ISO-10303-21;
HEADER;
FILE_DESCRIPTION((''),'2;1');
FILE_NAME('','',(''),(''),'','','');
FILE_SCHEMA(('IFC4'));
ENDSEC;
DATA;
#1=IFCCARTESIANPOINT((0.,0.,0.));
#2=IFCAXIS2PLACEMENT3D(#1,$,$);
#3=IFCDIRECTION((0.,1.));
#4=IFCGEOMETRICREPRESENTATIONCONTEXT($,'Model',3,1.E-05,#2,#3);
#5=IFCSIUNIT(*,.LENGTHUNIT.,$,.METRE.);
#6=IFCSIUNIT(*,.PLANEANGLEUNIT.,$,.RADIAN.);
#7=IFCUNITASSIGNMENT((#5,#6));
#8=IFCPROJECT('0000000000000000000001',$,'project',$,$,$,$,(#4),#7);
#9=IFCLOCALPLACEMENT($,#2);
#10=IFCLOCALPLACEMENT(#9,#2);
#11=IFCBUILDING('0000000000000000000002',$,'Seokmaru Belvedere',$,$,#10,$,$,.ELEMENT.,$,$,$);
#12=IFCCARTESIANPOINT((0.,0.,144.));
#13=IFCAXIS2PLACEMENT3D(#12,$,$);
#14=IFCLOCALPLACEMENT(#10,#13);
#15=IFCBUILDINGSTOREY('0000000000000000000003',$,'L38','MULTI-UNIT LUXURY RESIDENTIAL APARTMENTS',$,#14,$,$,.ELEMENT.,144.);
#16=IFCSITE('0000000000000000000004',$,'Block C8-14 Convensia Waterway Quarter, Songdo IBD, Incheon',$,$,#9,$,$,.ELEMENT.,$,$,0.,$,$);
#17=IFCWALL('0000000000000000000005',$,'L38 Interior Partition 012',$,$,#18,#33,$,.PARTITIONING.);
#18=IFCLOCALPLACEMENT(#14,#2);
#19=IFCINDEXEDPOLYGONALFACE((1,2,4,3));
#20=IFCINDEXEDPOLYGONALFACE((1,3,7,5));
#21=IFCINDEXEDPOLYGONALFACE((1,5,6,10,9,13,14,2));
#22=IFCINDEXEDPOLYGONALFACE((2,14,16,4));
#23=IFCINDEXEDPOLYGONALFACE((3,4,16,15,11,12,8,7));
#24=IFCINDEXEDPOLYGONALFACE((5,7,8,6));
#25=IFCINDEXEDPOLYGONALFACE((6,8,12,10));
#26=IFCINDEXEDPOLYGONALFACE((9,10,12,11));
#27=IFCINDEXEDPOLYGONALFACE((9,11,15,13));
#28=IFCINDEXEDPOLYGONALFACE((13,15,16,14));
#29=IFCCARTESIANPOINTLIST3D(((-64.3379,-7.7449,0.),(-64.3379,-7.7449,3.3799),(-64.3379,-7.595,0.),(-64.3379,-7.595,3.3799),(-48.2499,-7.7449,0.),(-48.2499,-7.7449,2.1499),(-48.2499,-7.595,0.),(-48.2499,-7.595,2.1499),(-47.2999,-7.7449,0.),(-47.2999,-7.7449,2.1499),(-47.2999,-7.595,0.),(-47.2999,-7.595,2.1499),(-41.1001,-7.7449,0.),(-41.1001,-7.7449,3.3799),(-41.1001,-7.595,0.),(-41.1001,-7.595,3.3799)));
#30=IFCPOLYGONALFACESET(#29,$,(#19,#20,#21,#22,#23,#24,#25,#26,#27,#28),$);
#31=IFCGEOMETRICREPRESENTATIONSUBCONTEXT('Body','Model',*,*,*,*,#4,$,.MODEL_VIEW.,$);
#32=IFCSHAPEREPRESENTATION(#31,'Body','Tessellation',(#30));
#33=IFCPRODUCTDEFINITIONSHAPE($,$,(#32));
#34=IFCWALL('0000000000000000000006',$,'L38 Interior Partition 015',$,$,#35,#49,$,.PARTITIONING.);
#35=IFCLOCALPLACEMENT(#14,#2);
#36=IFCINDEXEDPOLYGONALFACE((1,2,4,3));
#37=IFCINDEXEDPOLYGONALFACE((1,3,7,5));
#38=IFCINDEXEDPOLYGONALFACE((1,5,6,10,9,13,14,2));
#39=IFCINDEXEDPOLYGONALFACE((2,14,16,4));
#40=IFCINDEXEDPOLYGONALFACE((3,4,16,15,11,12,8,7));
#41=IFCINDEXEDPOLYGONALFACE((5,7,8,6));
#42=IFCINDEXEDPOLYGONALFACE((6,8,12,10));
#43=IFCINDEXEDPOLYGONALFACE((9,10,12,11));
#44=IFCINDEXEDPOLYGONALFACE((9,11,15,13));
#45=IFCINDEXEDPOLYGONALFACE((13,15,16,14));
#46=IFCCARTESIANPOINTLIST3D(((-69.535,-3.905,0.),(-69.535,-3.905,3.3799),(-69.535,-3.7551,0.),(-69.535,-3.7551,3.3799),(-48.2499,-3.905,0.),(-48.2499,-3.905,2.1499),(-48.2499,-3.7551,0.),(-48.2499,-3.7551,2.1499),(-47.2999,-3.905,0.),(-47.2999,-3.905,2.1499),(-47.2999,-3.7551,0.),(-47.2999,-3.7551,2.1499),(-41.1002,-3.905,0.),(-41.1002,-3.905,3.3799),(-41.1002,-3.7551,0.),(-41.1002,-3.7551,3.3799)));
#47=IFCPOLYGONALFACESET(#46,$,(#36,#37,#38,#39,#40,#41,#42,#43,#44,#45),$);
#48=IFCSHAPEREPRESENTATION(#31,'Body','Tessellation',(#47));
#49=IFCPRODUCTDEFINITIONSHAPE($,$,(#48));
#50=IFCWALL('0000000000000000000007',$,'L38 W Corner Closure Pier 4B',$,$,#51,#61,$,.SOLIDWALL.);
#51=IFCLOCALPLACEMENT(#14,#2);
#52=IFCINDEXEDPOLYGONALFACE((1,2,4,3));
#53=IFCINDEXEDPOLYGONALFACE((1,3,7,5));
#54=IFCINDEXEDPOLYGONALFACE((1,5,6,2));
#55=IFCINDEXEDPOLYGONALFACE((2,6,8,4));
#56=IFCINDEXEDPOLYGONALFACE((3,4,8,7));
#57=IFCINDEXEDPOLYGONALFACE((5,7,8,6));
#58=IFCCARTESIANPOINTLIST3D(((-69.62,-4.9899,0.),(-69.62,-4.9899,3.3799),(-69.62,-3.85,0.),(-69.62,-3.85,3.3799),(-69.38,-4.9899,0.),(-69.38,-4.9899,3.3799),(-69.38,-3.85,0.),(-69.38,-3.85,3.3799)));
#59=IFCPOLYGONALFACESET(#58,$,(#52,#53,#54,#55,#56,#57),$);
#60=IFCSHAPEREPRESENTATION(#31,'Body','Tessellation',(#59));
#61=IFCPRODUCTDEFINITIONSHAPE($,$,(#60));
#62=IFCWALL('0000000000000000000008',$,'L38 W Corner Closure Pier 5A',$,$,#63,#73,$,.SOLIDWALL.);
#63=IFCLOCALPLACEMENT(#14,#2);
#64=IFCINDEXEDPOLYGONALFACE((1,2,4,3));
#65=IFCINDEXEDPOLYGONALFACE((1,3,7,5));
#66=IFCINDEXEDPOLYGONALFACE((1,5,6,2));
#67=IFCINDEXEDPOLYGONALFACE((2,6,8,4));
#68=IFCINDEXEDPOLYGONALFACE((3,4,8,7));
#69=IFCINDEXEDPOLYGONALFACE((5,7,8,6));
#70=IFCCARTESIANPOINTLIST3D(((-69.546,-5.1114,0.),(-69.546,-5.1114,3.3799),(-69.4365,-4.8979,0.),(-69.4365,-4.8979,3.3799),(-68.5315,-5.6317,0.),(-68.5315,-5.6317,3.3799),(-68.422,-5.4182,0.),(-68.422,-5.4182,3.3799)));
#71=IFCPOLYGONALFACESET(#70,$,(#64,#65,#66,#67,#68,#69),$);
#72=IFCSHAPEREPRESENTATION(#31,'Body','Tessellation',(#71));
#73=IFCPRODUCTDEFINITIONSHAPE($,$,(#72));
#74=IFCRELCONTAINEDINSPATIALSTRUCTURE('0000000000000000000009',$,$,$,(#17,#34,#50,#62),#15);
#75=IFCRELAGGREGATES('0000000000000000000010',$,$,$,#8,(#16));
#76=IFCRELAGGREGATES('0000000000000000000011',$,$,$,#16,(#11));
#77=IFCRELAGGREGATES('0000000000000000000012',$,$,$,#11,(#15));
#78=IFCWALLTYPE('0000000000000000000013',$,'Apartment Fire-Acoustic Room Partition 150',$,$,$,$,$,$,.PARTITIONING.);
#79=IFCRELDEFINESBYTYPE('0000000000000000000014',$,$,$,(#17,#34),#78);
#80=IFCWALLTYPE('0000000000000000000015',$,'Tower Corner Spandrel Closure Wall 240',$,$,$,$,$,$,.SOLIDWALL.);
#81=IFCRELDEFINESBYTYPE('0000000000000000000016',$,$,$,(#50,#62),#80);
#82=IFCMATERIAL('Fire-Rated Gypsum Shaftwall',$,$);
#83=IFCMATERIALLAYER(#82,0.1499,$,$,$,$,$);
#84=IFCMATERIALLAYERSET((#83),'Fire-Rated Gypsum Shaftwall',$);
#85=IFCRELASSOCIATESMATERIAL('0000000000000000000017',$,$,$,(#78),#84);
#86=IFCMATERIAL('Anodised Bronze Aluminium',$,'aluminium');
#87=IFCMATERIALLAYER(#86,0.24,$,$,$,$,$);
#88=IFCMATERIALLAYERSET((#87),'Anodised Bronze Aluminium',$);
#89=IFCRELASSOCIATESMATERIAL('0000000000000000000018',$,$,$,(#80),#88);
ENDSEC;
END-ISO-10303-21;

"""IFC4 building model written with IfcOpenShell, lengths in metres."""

from ifc_helpers import new_model, si_unit, direction, frame, frame_2d, origin, place, context, subcontext, project, spatial, rectangle, extrude, material, layer, layer_set, type_object, element, save


model = new_model("IFC4")

# Units and contexts
model_context = context("Model", 3, precision=1e-05, world=origin(), true_north=direction((0.0, 1.0)))
body_context = subcontext(model_context, "Body", "Model", "MODEL_VIEW")
ifc_project = project(units=[si_unit("LENGTHUNIT", "METRE"), si_unit("PLANEANGLEUNIT", "RADIAN")], contexts=[model_context])

# Site, building, storey
site_placement = place(None, origin())
site = spatial("IfcSite", under=ifc_project, at=site_placement, Name="Block C8-14 Convensia Waterway Quarter, Songdo IBD, Incheon", CompositionType="ELEMENT", RefElevation=0.0)
building_placement = place(site_placement, origin())
building = spatial("IfcBuilding", under=site, at=building_placement, Name="Seokmaru Belvedere", CompositionType="ELEMENT")
storey_placement = place(building_placement, frame((0.0, 0.0, 144.0)))
storey = spatial("IfcBuildingStorey", under=building, at=storey_placement, Name="L38", Description="MULTI-UNIT LUXURY RESIDENTIAL APARTMENTS", CompositionType="ELEMENT", Elevation=144.0)

# Shared definitions
ifc_material_1 = material(Name="Anodised Bronze Aluminium", Category="aluminium")

# Walls, openings
ifc_material_2 = material(Name="Fire-Rated Gypsum Shaftwall")
ifc_layer_1 = layer(ifc_material_2, 0.1499)
ifc_layer_set_1 = layer_set([ifc_layer_1], Name="Fire-Rated Gypsum Shaftwall")
wall_type_1 = type_object("IfcWallType", Name="Apartment Fire-Acoustic Room Partition 150", PredefinedType="PARTITIONING", material=ifc_layer_set_1)
wall_1_placement = place(storey_placement, frame((-64.3379, -7.6699, 0.0), z_axis=(0.0, 0.0, 1.0), x_axis=(1.0, 0.0, 0.0)))
wall_1 = element("IfcWall", 1, at=wall_1_placement, inside=storey, type_object=wall_type_1, Name="L38 Interior Partition 012", PredefinedType="PARTITIONING", context=body_context, shape_type="SweptSolid", body=[
    extrude(rectangle(XDim=23.2378, YDim=0.1499, at=frame_2d((11.6189, 0.0))), origin(), (0.0, 0.0, 1.0), 3.3799),
])
opening_1_placement = place(wall_1_placement, frame((16.0879, 0.0, 0.0)))
element("IfcOpeningElement", 2, at=opening_1_placement, cuts=wall_1, PredefinedType="OPENING", context=body_context, shape_type="SweptSolid", body=[
    extrude(rectangle(XDim=0.95, YDim=2.1499, at=frame_2d((0.4751, 1.075))), frame((0.0, 0.085, 0.0), z_axis=(0.0, -1.0, 0.0), x_axis=(1.0, 0.0, 0.0)), (0.0, 0.0, 1.0), 0.1699),
])
wall_2_placement = place(storey_placement, frame((-69.5349, -3.8301, 0.0), z_axis=(0.0, 0.0, 1.0), x_axis=(1.0, 0.0, 0.0)))
wall_2 = element("IfcWall", 3, at=wall_2_placement, inside=storey, type_object=wall_type_1, Name="L38 Interior Partition 015", PredefinedType="PARTITIONING", context=body_context, shape_type="SweptSolid", body=[
    extrude(rectangle(XDim=28.4348, YDim=0.1499, at=frame_2d((14.2173, 0.0))), origin(), (0.0, 0.0, 1.0), 3.3799),
])
opening_2_placement = place(wall_2_placement, frame((21.2849, 0.0, 0.0)))
element("IfcOpeningElement", 4, at=opening_2_placement, cuts=wall_2, PredefinedType="OPENING", context=body_context, shape_type="SweptSolid", body=[
    extrude(rectangle(XDim=0.95, YDim=2.1499, at=frame_2d((0.4751, 1.075))), frame((0.0, 0.085, 0.0), z_axis=(0.0, -1.0, 0.0), x_axis=(1.0, 0.0, 0.0)), (0.0, 0.0, 1.0), 0.1699),
])

# Walls
ifc_layer_2 = layer(ifc_material_1, 0.24)
ifc_layer_set_2 = layer_set([ifc_layer_2], Name="Anodised Bronze Aluminium")
wall_type_2 = type_object("IfcWallType", Name="Tower Corner Spandrel Closure Wall 240", PredefinedType="SOLIDWALL", material=ifc_layer_set_2)
wall_3_placement = place(storey_placement, frame((-69.5, -3.8501, 0.0), z_axis=(0.0, 0.0, 1.0), x_axis=(0.0, -1.0, 0.0)))
element("IfcWall", 5, at=wall_3_placement, inside=storey, type_object=wall_type_2, Name="L38 W Corner Closure Pier 4B", PredefinedType="SOLIDWALL", context=body_context, shape_type="SweptSolid", body=[
    extrude(rectangle(XDim=1.1399, YDim=0.24, at=frame_2d((0.5698, 0.0))), origin(), (0.0, 0.0, 1.0), 3.3799),
])
wall_4_placement = place(storey_placement, frame((-69.4912, -5.0046, 0.0), z_axis=(0.0, 0.0, 1.0), x_axis=(0.889797, -0.456356, 0.0)))
element("IfcWall", 6, at=wall_4_placement, inside=storey, type_object=wall_type_2, Name="L38 W Corner Closure Pier 5A", PredefinedType="SOLIDWALL", context=body_context, shape_type="SweptSolid", body=[
    extrude(rectangle(XDim=1.1401, YDim=0.24, at=frame_2d((0.5701, 0.0))), origin(), (0.0, 0.0, 1.0), 3.3799),
])

save(model, "model.ifc")
